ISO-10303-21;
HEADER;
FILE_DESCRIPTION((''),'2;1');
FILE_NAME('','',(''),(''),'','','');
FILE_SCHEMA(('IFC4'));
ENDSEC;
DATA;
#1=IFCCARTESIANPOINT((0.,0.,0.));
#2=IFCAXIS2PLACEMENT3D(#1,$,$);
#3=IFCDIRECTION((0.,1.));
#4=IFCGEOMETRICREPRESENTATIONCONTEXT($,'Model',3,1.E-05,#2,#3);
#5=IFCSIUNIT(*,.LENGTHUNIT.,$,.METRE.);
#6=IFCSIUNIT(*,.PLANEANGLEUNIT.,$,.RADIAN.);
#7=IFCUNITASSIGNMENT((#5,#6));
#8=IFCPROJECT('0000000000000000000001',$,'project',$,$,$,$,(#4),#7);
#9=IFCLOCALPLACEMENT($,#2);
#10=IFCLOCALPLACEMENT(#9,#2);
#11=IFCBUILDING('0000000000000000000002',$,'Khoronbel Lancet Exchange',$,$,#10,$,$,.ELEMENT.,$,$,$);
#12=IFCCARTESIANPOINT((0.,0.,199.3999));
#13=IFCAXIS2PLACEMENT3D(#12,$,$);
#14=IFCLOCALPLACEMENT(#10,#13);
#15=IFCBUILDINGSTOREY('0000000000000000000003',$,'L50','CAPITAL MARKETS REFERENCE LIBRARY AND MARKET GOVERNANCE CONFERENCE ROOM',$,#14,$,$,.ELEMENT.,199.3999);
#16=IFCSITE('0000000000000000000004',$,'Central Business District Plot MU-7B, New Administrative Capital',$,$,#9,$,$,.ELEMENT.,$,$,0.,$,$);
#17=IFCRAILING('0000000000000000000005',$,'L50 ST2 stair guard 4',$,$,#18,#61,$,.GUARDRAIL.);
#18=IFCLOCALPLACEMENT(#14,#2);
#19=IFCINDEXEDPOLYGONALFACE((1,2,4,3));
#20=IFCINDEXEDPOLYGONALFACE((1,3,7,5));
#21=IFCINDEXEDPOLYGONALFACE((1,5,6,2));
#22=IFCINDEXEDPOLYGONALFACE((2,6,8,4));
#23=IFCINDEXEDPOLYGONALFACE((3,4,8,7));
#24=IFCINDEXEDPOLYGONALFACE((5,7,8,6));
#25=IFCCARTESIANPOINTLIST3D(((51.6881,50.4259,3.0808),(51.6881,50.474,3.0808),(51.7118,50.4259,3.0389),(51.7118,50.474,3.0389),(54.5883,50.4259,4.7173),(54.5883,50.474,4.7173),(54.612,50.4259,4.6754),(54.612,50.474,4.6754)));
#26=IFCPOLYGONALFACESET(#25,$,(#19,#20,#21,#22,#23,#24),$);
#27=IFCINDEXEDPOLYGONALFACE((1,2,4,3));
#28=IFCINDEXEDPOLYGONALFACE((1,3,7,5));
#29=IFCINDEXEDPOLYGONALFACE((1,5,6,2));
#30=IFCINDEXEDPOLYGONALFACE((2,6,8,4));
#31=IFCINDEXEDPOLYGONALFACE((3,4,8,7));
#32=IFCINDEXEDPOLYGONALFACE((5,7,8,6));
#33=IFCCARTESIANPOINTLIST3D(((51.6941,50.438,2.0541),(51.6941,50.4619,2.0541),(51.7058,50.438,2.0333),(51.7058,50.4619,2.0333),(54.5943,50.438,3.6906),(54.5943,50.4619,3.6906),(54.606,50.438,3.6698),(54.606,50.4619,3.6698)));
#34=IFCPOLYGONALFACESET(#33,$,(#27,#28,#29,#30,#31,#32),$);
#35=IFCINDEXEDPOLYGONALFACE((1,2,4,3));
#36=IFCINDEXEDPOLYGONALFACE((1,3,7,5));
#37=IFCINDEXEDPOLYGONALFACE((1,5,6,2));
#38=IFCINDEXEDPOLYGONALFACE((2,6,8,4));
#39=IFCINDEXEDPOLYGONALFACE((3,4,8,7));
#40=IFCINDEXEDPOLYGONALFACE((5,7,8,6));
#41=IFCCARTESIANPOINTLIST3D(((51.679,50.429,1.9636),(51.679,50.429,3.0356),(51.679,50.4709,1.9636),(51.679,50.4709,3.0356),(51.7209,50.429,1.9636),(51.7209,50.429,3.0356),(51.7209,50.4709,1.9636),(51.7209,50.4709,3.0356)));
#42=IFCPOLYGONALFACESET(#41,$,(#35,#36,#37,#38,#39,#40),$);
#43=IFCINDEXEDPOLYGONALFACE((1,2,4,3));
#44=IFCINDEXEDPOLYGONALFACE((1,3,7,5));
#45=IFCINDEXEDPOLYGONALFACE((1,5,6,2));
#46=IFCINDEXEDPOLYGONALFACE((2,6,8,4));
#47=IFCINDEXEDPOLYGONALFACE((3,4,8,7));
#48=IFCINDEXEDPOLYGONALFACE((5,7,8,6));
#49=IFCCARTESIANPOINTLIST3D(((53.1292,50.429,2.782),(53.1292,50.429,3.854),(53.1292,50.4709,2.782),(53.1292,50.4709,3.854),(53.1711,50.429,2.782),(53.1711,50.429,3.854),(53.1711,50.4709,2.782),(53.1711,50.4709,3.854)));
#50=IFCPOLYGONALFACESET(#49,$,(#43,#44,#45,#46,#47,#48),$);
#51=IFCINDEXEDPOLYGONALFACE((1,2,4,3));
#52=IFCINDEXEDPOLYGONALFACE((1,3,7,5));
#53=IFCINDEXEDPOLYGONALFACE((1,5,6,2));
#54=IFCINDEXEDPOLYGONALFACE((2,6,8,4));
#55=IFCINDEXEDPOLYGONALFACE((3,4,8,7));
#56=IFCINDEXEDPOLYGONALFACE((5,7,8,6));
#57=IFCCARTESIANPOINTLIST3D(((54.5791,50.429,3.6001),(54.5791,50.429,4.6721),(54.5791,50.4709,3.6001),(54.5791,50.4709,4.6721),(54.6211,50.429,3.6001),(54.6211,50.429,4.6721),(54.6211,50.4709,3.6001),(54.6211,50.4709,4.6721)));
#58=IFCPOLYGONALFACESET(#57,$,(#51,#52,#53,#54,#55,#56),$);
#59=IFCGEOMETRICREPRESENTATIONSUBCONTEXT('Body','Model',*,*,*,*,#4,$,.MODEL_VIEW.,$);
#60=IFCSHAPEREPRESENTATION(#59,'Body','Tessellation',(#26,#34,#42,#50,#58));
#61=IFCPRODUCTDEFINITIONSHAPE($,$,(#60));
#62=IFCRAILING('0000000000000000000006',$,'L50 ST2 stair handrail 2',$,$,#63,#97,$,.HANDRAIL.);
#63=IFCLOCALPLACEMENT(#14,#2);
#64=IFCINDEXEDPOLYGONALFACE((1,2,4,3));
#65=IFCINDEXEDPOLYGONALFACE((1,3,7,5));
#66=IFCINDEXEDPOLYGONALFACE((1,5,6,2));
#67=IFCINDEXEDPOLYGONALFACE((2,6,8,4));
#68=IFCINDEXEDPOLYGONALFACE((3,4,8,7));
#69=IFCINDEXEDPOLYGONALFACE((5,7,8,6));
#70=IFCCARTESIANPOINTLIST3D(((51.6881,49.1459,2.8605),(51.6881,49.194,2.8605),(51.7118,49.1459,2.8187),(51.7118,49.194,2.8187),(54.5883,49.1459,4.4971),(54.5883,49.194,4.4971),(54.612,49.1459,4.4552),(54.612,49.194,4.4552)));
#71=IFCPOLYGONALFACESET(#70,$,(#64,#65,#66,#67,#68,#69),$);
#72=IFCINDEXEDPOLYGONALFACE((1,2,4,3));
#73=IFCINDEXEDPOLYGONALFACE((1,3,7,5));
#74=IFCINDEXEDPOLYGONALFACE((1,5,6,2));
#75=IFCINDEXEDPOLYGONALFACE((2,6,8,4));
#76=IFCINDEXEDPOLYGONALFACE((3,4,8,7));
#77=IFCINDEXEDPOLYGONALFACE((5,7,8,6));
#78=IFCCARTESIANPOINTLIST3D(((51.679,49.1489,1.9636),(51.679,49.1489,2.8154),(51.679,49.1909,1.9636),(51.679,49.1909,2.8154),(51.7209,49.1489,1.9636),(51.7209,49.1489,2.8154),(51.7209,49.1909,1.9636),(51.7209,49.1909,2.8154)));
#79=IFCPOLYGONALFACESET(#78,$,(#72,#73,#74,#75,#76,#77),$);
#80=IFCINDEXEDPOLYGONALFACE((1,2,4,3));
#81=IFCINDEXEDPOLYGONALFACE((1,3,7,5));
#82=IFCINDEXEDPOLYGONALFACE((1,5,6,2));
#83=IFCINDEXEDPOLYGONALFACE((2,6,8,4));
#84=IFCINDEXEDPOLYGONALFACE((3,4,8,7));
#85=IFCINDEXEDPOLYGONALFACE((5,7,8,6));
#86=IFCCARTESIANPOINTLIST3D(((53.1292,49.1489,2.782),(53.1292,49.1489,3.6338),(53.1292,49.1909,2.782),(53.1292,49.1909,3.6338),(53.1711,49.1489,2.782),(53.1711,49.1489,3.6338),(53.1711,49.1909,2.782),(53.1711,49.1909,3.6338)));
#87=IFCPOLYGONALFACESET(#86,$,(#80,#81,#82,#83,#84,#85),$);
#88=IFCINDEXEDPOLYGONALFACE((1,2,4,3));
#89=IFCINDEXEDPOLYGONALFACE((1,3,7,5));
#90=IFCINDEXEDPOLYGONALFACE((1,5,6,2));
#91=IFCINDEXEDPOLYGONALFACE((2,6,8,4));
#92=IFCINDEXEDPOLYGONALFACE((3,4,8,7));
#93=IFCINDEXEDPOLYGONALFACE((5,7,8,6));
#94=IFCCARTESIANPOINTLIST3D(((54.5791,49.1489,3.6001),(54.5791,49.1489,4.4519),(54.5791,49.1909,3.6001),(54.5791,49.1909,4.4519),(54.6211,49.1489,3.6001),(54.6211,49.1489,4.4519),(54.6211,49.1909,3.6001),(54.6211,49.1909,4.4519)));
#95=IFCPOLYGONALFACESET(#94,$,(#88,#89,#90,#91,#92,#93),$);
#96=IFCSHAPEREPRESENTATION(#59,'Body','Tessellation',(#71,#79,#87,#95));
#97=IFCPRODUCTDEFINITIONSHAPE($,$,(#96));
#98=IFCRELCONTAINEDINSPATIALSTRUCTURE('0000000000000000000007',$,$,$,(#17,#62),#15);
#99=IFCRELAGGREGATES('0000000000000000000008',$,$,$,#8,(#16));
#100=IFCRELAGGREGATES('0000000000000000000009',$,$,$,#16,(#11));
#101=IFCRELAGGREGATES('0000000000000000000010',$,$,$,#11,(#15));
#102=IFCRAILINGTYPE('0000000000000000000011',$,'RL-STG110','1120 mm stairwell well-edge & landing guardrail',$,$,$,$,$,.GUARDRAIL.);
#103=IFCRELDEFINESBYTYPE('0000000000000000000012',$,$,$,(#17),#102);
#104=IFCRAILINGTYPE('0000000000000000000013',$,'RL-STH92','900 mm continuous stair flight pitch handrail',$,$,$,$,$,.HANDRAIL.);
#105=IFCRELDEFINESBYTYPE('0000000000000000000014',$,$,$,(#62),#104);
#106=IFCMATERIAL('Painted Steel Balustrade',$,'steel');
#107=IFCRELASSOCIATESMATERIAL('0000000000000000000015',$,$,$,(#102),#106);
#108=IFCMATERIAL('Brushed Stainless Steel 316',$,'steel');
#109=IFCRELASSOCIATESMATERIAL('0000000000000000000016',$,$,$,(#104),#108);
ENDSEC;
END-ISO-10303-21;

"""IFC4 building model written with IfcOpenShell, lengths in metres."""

from ifc_helpers import new_model, si_unit, direction, frame, origin, origin_2d, place, context, subcontext, project, spatial, rectangle, extrude, material, type_object, element, save


model = new_model("IFC4")

# Units and contexts
model_context = context("Model", 3, precision=1e-05, world=origin(), true_north=direction((0.0, 1.0)))
body_context = subcontext(model_context, "Body", "Model", "MODEL_VIEW")
ifc_project = project(units=[si_unit("LENGTHUNIT", "METRE"), si_unit("PLANEANGLEUNIT", "RADIAN")], contexts=[model_context])

# Site, building, storey
site_placement = place(None, origin())
site = spatial("IfcSite", under=ifc_project, at=site_placement, Name="Central Business District Plot MU-7B, New Administrative Capital", CompositionType="ELEMENT", RefElevation=0.0)
building_placement = place(site_placement, origin())
building = spatial("IfcBuilding", under=site, at=building_placement, Name="Khoronbel Lancet Exchange", CompositionType="ELEMENT")
storey_placement = place(building_placement, frame((0.0, 0.0, 199.3999)))
storey = spatial("IfcBuildingStorey", under=building, at=storey_placement, Name="L50", Description="CAPITAL MARKETS REFERENCE LIBRARY AND MARKET GOVERNANCE CONFERENCE ROOM", CompositionType="ELEMENT", Elevation=199.3999)

# Railings
ifc_material_1 = material(Name="Painted Steel Balustrade", Category="steel")
railing_type_1 = type_object("IfcRailingType", Name="RL-STG110", Description="1120 mm stairwell well-edge & landing guardrail", PredefinedType="GUARDRAIL", material=ifc_material_1)
railing_1_placement = place(storey_placement, frame((51.7, 50.45, 1.9636)))
element("IfcRailing", 1, at=railing_1_placement, inside=storey, type_object=railing_type_1, Name="L50 ST2 stair guard 4", PredefinedType="GUARDRAIL", context=body_context, shape_type="SweptSolid", body=[
    extrude(rectangle(XDim=0.0481, YDim=0.0481, at=origin_2d()), frame((0.0, 0.0, 1.0962), z_axis=(0.870915, 0.0, 0.491434), x_axis=(0.0, 1.0, 0.0)), (0.0, 0.0, 1.0), 3.3301),
    extrude(rectangle(XDim=0.0239, YDim=0.0239, at=origin_2d()), frame((0.0, 0.0, 0.0801), z_axis=(0.870915, 0.0, 0.491434), x_axis=(0.0, 1.0, 0.0)), (0.0, 0.0, 1.0), 3.3301),
    extrude(rectangle(XDim=0.042, YDim=0.042, at=origin_2d()), origin(), (0.0, 0.0, 1.0), 1.072),
    extrude(rectangle(XDim=0.042, YDim=0.042, at=origin_2d()), frame((1.4502, 0.0, 0.8184)), (0.0, 0.0, 1.0), 1.072),
    extrude(rectangle(XDim=0.042, YDim=0.042, at=origin_2d()), frame((2.9001, 0.0, 1.6365)), (0.0, 0.0, 1.0), 1.072),
])
ifc_material_2 = material(Name="Brushed Stainless Steel 316", Category="steel")
railing_type_2 = type_object("IfcRailingType", Name="RL-STH92", Description="900 mm continuous stair flight pitch handrail", PredefinedType="HANDRAIL", material=ifc_material_2)
railing_2_placement = place(storey_placement, frame((51.7, 49.1699, 1.9636)))
element("IfcRailing", 2, at=railing_2_placement, inside=storey, type_object=railing_type_2, Name="L50 ST2 stair handrail 2", PredefinedType="HANDRAIL", context=body_context, shape_type="SweptSolid", body=[
    extrude(rectangle(XDim=0.0481, YDim=0.0481, at=origin_2d()), frame((0.0, 0.0, 0.876), z_axis=(0.870915, 0.0, 0.491434), x_axis=(0.0, 1.0, 0.0)), (0.0, 0.0, 1.0), 3.3301),
    extrude(rectangle(XDim=0.042, YDim=0.042, at=origin_2d()), origin(), (0.0, 0.0, 1.0), 0.8518),
    extrude(rectangle(XDim=0.042, YDim=0.042, at=origin_2d()), frame((1.4502, 0.0, 0.8184)), (0.0, 0.0, 1.0), 0.8518),
    extrude(rectangle(XDim=0.042, YDim=0.042, at=origin_2d()), frame((2.9001, 0.0, 1.6365)), (0.0, 0.0, 1.0), 0.8518),
])

save(model, "model.ifc")
